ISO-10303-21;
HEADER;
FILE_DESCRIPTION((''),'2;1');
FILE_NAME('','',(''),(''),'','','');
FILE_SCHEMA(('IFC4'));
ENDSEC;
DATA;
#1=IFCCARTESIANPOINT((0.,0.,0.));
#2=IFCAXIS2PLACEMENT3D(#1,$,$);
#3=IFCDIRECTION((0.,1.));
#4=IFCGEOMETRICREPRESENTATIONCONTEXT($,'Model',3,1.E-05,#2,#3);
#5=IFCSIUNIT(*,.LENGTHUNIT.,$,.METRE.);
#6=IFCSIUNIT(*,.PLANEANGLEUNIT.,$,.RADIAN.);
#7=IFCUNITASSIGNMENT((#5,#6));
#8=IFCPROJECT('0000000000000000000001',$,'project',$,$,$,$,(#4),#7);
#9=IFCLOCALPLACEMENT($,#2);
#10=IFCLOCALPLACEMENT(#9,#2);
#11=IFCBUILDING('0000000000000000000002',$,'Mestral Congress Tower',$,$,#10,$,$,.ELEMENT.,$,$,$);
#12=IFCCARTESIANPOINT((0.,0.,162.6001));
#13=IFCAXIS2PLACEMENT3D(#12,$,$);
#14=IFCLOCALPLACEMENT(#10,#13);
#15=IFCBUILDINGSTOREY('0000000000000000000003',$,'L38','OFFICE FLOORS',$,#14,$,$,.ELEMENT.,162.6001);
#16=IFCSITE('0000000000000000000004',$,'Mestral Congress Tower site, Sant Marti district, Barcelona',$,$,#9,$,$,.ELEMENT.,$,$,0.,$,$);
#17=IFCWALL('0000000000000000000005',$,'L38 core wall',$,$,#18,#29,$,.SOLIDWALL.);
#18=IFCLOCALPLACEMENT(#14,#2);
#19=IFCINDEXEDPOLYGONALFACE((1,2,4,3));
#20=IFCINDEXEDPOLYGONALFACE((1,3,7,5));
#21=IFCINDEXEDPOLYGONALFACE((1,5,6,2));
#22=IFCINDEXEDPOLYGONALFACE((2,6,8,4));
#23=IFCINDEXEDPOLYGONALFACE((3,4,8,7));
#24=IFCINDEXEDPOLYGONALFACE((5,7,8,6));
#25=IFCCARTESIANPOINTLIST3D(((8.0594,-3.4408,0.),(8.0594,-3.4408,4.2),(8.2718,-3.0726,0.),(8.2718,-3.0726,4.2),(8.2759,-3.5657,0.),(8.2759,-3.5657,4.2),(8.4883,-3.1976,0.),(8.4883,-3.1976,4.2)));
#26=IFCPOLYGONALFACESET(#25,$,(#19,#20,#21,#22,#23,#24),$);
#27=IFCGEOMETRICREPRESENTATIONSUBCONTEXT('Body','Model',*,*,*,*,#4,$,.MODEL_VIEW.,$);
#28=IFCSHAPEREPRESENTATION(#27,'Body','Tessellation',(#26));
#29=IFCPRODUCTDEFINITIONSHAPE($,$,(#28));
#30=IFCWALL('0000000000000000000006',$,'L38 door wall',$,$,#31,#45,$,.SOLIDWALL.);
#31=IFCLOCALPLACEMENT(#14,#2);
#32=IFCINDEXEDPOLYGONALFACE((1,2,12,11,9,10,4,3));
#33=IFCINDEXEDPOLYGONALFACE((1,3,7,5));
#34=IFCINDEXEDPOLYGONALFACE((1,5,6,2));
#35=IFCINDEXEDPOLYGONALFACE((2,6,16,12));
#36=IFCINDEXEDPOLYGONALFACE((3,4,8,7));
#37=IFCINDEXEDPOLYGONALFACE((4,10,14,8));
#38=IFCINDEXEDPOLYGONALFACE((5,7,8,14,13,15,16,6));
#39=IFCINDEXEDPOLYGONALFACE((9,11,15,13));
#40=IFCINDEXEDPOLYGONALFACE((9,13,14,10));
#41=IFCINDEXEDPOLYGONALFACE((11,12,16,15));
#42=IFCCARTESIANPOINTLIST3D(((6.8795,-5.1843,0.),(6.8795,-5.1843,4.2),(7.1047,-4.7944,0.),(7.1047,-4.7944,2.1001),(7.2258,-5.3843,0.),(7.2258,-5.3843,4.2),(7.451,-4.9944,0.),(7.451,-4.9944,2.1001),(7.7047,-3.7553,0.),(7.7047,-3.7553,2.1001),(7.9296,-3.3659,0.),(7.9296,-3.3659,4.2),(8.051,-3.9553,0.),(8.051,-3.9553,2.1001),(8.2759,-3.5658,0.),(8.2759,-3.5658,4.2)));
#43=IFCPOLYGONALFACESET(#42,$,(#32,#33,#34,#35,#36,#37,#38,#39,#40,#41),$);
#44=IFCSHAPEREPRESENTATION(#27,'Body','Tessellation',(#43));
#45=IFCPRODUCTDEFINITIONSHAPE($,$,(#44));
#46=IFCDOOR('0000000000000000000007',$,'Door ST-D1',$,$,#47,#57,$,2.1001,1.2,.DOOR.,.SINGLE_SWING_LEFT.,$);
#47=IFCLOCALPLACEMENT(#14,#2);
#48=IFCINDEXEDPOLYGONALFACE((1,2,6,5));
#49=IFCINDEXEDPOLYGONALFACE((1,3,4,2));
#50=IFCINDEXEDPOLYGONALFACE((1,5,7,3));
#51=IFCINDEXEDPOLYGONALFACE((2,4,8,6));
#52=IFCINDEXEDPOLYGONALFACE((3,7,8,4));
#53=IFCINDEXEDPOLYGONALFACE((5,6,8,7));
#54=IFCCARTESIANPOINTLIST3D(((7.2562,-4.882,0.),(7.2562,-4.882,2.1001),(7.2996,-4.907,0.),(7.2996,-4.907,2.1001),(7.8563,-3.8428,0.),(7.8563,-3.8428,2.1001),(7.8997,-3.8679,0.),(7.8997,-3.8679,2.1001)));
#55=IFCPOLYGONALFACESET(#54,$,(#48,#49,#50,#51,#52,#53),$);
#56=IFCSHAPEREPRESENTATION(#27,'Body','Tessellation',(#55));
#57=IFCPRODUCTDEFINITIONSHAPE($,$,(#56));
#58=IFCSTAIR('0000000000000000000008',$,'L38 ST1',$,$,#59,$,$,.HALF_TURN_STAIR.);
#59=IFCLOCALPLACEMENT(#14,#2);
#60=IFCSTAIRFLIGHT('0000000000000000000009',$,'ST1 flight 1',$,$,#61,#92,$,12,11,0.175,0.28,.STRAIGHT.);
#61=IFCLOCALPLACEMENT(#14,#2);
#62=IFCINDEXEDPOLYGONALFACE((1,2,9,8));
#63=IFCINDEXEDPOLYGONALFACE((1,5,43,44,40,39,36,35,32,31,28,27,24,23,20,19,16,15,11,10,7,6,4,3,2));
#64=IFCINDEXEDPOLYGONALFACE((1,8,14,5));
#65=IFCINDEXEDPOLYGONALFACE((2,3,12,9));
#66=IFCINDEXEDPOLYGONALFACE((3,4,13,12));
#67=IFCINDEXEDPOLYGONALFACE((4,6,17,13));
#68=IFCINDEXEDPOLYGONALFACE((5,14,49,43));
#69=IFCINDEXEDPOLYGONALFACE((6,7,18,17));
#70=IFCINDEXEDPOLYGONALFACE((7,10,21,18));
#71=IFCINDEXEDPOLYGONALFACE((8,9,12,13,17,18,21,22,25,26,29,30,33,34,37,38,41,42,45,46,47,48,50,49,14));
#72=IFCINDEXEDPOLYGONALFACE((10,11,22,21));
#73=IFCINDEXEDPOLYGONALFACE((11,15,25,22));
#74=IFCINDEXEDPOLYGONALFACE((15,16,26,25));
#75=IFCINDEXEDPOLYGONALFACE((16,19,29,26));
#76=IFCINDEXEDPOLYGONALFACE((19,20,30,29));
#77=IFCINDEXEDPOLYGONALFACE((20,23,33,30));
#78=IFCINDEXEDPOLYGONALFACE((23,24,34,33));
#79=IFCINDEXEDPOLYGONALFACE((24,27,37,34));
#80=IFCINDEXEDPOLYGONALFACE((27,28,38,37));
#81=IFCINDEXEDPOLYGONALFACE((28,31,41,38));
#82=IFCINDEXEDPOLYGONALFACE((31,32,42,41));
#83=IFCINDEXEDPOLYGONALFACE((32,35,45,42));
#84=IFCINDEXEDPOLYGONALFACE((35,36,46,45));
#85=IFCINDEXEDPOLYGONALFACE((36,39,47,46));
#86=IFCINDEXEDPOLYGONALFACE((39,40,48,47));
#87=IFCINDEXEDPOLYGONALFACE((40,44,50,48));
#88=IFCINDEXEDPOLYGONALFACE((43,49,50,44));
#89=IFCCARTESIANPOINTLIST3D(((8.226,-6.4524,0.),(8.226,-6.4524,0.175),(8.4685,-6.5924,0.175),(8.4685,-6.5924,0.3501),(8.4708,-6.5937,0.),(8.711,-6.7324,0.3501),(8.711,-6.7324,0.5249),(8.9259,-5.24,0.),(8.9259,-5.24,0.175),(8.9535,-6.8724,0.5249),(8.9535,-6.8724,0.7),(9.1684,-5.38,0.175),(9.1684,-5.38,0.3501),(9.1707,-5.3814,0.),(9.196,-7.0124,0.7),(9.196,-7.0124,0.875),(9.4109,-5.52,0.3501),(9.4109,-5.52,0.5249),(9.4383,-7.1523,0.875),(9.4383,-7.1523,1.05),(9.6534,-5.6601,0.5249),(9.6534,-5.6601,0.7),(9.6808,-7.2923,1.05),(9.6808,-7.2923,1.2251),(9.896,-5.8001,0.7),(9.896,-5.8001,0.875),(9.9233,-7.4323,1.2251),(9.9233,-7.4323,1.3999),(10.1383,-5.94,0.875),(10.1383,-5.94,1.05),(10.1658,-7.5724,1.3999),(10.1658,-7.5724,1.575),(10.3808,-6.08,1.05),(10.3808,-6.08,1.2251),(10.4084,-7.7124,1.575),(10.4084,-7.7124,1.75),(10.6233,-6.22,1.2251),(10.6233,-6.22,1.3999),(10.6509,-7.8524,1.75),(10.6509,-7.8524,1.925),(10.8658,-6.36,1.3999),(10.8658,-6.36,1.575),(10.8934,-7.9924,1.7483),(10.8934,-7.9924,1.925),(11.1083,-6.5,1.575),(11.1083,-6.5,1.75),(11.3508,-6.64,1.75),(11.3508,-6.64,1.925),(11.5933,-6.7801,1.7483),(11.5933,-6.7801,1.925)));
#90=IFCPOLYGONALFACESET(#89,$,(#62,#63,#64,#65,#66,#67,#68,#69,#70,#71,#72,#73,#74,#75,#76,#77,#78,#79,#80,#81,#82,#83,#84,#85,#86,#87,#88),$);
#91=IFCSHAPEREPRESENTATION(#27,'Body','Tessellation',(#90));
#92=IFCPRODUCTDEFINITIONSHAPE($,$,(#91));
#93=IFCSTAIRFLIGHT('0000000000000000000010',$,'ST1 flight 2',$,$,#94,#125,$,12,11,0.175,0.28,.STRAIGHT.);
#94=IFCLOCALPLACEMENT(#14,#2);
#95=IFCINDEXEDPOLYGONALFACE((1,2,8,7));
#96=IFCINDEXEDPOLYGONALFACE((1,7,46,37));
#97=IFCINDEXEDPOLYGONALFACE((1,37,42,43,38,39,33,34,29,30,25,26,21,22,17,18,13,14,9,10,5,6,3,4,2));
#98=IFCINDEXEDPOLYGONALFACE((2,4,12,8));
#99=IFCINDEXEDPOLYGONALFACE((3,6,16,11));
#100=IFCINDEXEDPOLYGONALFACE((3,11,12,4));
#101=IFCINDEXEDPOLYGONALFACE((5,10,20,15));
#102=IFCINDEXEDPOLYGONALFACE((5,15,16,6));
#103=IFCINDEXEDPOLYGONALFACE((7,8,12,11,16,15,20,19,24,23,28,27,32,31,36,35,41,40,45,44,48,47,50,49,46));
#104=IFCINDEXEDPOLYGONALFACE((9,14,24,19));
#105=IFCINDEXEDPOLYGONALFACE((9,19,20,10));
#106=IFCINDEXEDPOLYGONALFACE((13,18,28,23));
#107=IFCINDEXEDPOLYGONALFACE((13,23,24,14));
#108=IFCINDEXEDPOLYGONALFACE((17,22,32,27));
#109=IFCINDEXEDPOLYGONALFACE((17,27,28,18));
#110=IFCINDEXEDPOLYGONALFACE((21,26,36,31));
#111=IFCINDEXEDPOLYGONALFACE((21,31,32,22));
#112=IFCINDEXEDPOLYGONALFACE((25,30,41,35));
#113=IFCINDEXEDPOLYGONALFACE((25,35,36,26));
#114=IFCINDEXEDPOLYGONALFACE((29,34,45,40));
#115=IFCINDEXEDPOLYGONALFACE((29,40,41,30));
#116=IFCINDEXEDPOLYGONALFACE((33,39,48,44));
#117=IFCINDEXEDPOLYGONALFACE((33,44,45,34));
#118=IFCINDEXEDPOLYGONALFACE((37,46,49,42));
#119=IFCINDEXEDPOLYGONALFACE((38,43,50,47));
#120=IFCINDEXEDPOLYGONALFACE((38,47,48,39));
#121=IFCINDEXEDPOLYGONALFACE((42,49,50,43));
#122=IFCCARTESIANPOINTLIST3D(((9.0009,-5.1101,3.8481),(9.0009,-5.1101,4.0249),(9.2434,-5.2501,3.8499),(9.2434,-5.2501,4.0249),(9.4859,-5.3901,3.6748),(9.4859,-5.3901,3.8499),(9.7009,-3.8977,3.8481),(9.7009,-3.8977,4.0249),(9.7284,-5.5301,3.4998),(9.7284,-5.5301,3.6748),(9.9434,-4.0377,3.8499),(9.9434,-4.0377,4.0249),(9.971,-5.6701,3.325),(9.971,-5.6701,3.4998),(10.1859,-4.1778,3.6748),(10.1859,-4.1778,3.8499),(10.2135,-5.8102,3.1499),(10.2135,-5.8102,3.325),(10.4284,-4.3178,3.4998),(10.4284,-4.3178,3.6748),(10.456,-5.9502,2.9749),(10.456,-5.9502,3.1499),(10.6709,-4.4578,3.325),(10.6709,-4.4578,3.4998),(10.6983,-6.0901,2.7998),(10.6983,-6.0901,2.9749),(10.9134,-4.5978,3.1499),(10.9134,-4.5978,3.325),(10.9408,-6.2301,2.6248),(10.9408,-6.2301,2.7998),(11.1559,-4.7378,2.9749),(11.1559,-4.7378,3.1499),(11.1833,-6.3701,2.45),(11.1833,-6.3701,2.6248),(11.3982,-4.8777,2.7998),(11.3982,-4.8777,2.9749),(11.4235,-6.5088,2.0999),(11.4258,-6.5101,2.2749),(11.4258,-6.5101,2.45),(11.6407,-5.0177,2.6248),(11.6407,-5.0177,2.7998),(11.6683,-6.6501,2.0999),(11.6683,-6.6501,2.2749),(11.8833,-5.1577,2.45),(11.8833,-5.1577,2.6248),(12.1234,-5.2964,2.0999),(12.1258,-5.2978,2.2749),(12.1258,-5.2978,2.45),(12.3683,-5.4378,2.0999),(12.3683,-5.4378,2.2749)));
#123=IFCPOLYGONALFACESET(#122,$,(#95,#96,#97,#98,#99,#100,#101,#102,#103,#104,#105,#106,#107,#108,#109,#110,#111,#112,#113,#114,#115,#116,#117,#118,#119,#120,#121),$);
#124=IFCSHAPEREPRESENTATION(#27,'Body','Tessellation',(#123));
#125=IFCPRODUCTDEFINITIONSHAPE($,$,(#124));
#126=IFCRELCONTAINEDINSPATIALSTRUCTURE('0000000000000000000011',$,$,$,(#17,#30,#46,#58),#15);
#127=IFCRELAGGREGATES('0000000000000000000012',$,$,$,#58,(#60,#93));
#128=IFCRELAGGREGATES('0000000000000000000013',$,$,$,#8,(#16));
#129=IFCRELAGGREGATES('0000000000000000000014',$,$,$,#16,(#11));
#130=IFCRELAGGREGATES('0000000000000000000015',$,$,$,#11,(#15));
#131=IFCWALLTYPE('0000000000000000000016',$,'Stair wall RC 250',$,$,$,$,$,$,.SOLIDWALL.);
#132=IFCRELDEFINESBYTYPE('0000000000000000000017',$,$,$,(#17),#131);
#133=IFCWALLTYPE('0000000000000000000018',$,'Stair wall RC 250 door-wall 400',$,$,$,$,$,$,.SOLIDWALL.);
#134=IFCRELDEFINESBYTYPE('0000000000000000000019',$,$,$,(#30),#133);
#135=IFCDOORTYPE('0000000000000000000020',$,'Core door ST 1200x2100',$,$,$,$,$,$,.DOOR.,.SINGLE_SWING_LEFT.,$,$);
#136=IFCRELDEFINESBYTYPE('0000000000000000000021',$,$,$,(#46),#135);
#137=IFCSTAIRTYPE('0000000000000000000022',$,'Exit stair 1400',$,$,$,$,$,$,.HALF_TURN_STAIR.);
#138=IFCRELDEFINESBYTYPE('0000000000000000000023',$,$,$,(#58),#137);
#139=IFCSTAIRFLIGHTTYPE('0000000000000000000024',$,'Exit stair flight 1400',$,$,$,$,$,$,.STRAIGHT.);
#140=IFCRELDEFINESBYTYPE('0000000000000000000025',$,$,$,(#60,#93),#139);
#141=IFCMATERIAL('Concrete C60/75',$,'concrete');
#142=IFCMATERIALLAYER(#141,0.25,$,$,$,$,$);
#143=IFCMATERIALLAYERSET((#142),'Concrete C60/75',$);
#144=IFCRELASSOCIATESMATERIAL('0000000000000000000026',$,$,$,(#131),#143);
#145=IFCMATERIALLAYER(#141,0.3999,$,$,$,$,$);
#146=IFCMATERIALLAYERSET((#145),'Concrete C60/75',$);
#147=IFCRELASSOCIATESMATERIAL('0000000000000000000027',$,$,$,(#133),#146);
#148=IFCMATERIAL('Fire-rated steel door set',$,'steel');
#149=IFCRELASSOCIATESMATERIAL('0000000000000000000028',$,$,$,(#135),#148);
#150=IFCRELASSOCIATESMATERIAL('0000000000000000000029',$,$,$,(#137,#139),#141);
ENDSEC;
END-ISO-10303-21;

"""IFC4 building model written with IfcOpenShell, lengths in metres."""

from ifc_helpers import new_model, si_unit, direction, frame, frame_2d, origin, place, context, subcontext, project, spatial, polyline, rectangle, outline, extrude, material, layer, layer_set, type_object, element, fill, aggregate, save


model = new_model("IFC4")

# Units and contexts
model_context = context("Model", 3, precision=1e-05, world=origin(), true_north=direction((0.0, 1.0)))
body_context = subcontext(model_context, "Body", "Model", "MODEL_VIEW")
ifc_project = project(units=[si_unit("LENGTHUNIT", "METRE"), si_unit("PLANEANGLEUNIT", "RADIAN")], contexts=[model_context])

# Site, building, storey
site_placement = place(None, origin())
site = spatial("IfcSite", under=ifc_project, at=site_placement, Name="Mestral Congress Tower site, Sant Marti district, Barcelona", CompositionType="ELEMENT", RefElevation=0.0)
building_placement = place(site_placement, origin())
building = spatial("IfcBuilding", under=site, at=building_placement, Name="Mestral Congress Tower", CompositionType="ELEMENT")
storey_placement = place(building_placement, frame((0.0, 0.0, 162.6001)))
storey = spatial("IfcBuildingStorey", under=building, at=storey_placement, Name="L38", Description="OFFICE FLOORS", CompositionType="ELEMENT", Elevation=162.6001)

# Shared definitions
ifc_material_1 = material(Name="Fire-rated steel door set", Category="steel")

# Wall
ifc_material_2 = material(Name="Concrete C60/75", Category="concrete")
ifc_layer_1 = layer(ifc_material_2, 0.25)
ifc_layer_set_1 = layer_set([ifc_layer_1], Name="Concrete C60/75")
wall_type_1 = type_object("IfcWallType", Name="Stair wall RC 250", PredefinedType="SOLIDWALL", material=ifc_layer_set_1)
wall_1_placement = place(storey_placement, frame((8.1677, -3.5032, 0.0), z_axis=(0.0, 0.0, 1.0), x_axis=(0.499722, 0.866186, 0.0)))
element("IfcWall", 1, at=wall_1_placement, inside=storey, type_object=wall_type_1, Name="L38 core wall", PredefinedType="SOLIDWALL", context=body_context, shape_type="SweptSolid", body=[
    extrude(rectangle(XDim=0.425, YDim=0.25, at=frame_2d((0.2124, 0.0))), origin(), (0.0, 0.0, 1.0), 4.2),
])

# Wall, opening, door
ifc_layer_2 = layer(ifc_material_2, 0.3999)
ifc_layer_set_2 = layer_set([ifc_layer_2], Name="Concrete C60/75")
wall_type_2 = type_object("IfcWallType", Name="Stair wall RC 250 door-wall 400", PredefinedType="SOLIDWALL", material=ifc_layer_set_2)
wall_2_placement = place(storey_placement, frame((7.0527, -5.2842, 0.0), z_axis=(0.0, 0.0, 1.0), x_axis=(0.500078, 0.86598, 0.0)))
wall_2 = element("IfcWall", 2, at=wall_2_placement, inside=storey, type_object=wall_type_2, Name="L38 door wall", PredefinedType="SOLIDWALL", context=body_context, shape_type="SweptSolid", body=[
    extrude(rectangle(XDim=2.0999, YDim=0.3999, at=frame_2d((1.0498, 0.0))), origin(), (0.0, 0.0, 1.0), 4.2),
])
opening_1_placement = place(wall_2_placement, frame((0.45, 0.0, 0.0)))
opening_1 = element("IfcOpeningElement", 3, at=opening_1_placement, cuts=wall_2, PredefinedType="OPENING", context=body_context, shape_type="SweptSolid", body=[
    extrude(rectangle(XDim=1.2, YDim=2.1001, at=frame_2d((0.6001, 1.05))), frame((0.0, 0.21, 0.0), z_axis=(0.0, -1.0, 0.0), x_axis=(1.0, 0.0, 0.0)), (0.0, 0.0, 1.0), 0.4199),
])
door_type_1 = type_object("IfcDoorType", Name="Core door ST 1200x2100", OperationType="SINGLE_SWING_LEFT", PredefinedType="DOOR", material=ifc_material_1)
door_1_placement = place(opening_1_placement, origin())
door_1 = element("IfcDoor", 4, at=door_1_placement, inside=storey, type_object=door_type_1, Name="Door ST-D1", OperationType="SINGLE_SWING_LEFT", OverallHeight=2.1001, OverallWidth=1.2, PredefinedType="DOOR", context=body_context, shape_type="SweptSolid", body=[
    extrude(rectangle(XDim=1.2, YDim=2.1001, at=frame_2d((0.6001, 1.05))), frame((0.0, 0.0249, 0.0), z_axis=(0.0, -1.0, 0.0), x_axis=(1.0, 0.0, 0.0)), (0.0, 0.0, 1.0), 0.05),
])
fill(opening_1, door_1)

# Stair, stair flights
stair_type = type_object("IfcStairType", Name="Exit stair 1400", PredefinedType="HALF_TURN_STAIR", material=ifc_material_2)
stair_placement = place(storey_placement, origin())
stair = element("IfcStair", 5, at=stair_placement, inside=storey, type_object=stair_type, Name="L38 ST1", PredefinedType="HALF_TURN_STAIR")
stair_flight_type = type_object("IfcStairFlightType", Name="Exit stair flight 1400", PredefinedType="STRAIGHT", material=ifc_material_2)
stair_flight_1_placement = place(storey_placement, frame((8.5759, -5.8462, 0.0), z_axis=(0.0, 0.0, 1.0), x_axis=(0.866025, -0.5, 0.0)))
stair_flight_1 = element("IfcStairFlight", 6, at=stair_flight_1_placement, type_object=stair_flight_type, Name="ST1 flight 1", NumberOfRisers=12, NumberOfTreads=11, PredefinedType="STRAIGHT", RiserHeight=0.175, TreadLength=0.28, context=body_context, shape_type="SweptSolid", body=[
    extrude(outline(polyline([(0.0, 0.0), (0.0, 0.175), (0.28, 0.175), (0.28, 0.3501), (0.5601, 0.3501), (0.5601, 0.5249), (0.8401, 0.5249), (0.8401, 0.7), (1.1201, 0.7), (1.1201, 0.875), (1.3999, 0.875), (1.3999, 1.05), (1.6799, 1.05), (1.6799, 1.2251), (1.96, 1.2251), (1.96, 1.3999), (2.24, 1.3999), (2.24, 1.575), (2.52, 1.575), (2.52, 1.75), (2.8, 1.75), (2.8, 1.925), (3.0801, 1.925), (3.0801, 2.1001), (3.0801, 1.7483), (0.2827, 0.0), (0.0, 0.0)])), frame((0.0, 0.7, 0.0), z_axis=(0.0, -1.0, 0.0), x_axis=(1.0, 0.0, 0.0)), (0.0, 0.0, 1.0), 1.3999),
])
stair_flight_2_placement = place(storey_placement, frame((12.0183, -6.0439, 2.0999), z_axis=(0.0, 0.0, 1.0), x_axis=(-0.866025, 0.5, 0.0)))
stair_flight_2 = element("IfcStairFlight", 7, at=stair_flight_2_placement, type_object=stair_flight_type, Name="ST1 flight 2", NumberOfRisers=12, NumberOfTreads=11, PredefinedType="STRAIGHT", RiserHeight=0.175, TreadLength=0.28, context=body_context, shape_type="SweptSolid", body=[
    extrude(outline(polyline([(0.0, 0.0), (0.0, 0.175), (0.28, 0.175), (0.28, 0.3501), (0.5601, 0.3501), (0.5601, 0.5249), (0.8401, 0.5249), (0.8401, 0.7), (1.1201, 0.7), (1.1201, 0.875), (1.3999, 0.875), (1.3999, 1.05), (1.6799, 1.05), (1.6799, 1.2251), (1.96, 1.2251), (1.96, 1.3999), (2.24, 1.3999), (2.24, 1.575), (2.52, 1.575), (2.52, 1.75), (2.8, 1.75), (2.8, 1.925), (3.0801, 1.925), (3.0801, 2.1001), (3.0801, 1.7483), (0.2827, 0.0), (0.0, 0.0)])), frame((0.0, 0.7, 0.0), z_axis=(0.0, -1.0, 0.0), x_axis=(1.0, 0.0, 0.0)), (0.0, 0.0, 1.0), 1.3999),
])
aggregate(stair, [stair_flight_1, stair_flight_2])

save(model, "model.ifc")
